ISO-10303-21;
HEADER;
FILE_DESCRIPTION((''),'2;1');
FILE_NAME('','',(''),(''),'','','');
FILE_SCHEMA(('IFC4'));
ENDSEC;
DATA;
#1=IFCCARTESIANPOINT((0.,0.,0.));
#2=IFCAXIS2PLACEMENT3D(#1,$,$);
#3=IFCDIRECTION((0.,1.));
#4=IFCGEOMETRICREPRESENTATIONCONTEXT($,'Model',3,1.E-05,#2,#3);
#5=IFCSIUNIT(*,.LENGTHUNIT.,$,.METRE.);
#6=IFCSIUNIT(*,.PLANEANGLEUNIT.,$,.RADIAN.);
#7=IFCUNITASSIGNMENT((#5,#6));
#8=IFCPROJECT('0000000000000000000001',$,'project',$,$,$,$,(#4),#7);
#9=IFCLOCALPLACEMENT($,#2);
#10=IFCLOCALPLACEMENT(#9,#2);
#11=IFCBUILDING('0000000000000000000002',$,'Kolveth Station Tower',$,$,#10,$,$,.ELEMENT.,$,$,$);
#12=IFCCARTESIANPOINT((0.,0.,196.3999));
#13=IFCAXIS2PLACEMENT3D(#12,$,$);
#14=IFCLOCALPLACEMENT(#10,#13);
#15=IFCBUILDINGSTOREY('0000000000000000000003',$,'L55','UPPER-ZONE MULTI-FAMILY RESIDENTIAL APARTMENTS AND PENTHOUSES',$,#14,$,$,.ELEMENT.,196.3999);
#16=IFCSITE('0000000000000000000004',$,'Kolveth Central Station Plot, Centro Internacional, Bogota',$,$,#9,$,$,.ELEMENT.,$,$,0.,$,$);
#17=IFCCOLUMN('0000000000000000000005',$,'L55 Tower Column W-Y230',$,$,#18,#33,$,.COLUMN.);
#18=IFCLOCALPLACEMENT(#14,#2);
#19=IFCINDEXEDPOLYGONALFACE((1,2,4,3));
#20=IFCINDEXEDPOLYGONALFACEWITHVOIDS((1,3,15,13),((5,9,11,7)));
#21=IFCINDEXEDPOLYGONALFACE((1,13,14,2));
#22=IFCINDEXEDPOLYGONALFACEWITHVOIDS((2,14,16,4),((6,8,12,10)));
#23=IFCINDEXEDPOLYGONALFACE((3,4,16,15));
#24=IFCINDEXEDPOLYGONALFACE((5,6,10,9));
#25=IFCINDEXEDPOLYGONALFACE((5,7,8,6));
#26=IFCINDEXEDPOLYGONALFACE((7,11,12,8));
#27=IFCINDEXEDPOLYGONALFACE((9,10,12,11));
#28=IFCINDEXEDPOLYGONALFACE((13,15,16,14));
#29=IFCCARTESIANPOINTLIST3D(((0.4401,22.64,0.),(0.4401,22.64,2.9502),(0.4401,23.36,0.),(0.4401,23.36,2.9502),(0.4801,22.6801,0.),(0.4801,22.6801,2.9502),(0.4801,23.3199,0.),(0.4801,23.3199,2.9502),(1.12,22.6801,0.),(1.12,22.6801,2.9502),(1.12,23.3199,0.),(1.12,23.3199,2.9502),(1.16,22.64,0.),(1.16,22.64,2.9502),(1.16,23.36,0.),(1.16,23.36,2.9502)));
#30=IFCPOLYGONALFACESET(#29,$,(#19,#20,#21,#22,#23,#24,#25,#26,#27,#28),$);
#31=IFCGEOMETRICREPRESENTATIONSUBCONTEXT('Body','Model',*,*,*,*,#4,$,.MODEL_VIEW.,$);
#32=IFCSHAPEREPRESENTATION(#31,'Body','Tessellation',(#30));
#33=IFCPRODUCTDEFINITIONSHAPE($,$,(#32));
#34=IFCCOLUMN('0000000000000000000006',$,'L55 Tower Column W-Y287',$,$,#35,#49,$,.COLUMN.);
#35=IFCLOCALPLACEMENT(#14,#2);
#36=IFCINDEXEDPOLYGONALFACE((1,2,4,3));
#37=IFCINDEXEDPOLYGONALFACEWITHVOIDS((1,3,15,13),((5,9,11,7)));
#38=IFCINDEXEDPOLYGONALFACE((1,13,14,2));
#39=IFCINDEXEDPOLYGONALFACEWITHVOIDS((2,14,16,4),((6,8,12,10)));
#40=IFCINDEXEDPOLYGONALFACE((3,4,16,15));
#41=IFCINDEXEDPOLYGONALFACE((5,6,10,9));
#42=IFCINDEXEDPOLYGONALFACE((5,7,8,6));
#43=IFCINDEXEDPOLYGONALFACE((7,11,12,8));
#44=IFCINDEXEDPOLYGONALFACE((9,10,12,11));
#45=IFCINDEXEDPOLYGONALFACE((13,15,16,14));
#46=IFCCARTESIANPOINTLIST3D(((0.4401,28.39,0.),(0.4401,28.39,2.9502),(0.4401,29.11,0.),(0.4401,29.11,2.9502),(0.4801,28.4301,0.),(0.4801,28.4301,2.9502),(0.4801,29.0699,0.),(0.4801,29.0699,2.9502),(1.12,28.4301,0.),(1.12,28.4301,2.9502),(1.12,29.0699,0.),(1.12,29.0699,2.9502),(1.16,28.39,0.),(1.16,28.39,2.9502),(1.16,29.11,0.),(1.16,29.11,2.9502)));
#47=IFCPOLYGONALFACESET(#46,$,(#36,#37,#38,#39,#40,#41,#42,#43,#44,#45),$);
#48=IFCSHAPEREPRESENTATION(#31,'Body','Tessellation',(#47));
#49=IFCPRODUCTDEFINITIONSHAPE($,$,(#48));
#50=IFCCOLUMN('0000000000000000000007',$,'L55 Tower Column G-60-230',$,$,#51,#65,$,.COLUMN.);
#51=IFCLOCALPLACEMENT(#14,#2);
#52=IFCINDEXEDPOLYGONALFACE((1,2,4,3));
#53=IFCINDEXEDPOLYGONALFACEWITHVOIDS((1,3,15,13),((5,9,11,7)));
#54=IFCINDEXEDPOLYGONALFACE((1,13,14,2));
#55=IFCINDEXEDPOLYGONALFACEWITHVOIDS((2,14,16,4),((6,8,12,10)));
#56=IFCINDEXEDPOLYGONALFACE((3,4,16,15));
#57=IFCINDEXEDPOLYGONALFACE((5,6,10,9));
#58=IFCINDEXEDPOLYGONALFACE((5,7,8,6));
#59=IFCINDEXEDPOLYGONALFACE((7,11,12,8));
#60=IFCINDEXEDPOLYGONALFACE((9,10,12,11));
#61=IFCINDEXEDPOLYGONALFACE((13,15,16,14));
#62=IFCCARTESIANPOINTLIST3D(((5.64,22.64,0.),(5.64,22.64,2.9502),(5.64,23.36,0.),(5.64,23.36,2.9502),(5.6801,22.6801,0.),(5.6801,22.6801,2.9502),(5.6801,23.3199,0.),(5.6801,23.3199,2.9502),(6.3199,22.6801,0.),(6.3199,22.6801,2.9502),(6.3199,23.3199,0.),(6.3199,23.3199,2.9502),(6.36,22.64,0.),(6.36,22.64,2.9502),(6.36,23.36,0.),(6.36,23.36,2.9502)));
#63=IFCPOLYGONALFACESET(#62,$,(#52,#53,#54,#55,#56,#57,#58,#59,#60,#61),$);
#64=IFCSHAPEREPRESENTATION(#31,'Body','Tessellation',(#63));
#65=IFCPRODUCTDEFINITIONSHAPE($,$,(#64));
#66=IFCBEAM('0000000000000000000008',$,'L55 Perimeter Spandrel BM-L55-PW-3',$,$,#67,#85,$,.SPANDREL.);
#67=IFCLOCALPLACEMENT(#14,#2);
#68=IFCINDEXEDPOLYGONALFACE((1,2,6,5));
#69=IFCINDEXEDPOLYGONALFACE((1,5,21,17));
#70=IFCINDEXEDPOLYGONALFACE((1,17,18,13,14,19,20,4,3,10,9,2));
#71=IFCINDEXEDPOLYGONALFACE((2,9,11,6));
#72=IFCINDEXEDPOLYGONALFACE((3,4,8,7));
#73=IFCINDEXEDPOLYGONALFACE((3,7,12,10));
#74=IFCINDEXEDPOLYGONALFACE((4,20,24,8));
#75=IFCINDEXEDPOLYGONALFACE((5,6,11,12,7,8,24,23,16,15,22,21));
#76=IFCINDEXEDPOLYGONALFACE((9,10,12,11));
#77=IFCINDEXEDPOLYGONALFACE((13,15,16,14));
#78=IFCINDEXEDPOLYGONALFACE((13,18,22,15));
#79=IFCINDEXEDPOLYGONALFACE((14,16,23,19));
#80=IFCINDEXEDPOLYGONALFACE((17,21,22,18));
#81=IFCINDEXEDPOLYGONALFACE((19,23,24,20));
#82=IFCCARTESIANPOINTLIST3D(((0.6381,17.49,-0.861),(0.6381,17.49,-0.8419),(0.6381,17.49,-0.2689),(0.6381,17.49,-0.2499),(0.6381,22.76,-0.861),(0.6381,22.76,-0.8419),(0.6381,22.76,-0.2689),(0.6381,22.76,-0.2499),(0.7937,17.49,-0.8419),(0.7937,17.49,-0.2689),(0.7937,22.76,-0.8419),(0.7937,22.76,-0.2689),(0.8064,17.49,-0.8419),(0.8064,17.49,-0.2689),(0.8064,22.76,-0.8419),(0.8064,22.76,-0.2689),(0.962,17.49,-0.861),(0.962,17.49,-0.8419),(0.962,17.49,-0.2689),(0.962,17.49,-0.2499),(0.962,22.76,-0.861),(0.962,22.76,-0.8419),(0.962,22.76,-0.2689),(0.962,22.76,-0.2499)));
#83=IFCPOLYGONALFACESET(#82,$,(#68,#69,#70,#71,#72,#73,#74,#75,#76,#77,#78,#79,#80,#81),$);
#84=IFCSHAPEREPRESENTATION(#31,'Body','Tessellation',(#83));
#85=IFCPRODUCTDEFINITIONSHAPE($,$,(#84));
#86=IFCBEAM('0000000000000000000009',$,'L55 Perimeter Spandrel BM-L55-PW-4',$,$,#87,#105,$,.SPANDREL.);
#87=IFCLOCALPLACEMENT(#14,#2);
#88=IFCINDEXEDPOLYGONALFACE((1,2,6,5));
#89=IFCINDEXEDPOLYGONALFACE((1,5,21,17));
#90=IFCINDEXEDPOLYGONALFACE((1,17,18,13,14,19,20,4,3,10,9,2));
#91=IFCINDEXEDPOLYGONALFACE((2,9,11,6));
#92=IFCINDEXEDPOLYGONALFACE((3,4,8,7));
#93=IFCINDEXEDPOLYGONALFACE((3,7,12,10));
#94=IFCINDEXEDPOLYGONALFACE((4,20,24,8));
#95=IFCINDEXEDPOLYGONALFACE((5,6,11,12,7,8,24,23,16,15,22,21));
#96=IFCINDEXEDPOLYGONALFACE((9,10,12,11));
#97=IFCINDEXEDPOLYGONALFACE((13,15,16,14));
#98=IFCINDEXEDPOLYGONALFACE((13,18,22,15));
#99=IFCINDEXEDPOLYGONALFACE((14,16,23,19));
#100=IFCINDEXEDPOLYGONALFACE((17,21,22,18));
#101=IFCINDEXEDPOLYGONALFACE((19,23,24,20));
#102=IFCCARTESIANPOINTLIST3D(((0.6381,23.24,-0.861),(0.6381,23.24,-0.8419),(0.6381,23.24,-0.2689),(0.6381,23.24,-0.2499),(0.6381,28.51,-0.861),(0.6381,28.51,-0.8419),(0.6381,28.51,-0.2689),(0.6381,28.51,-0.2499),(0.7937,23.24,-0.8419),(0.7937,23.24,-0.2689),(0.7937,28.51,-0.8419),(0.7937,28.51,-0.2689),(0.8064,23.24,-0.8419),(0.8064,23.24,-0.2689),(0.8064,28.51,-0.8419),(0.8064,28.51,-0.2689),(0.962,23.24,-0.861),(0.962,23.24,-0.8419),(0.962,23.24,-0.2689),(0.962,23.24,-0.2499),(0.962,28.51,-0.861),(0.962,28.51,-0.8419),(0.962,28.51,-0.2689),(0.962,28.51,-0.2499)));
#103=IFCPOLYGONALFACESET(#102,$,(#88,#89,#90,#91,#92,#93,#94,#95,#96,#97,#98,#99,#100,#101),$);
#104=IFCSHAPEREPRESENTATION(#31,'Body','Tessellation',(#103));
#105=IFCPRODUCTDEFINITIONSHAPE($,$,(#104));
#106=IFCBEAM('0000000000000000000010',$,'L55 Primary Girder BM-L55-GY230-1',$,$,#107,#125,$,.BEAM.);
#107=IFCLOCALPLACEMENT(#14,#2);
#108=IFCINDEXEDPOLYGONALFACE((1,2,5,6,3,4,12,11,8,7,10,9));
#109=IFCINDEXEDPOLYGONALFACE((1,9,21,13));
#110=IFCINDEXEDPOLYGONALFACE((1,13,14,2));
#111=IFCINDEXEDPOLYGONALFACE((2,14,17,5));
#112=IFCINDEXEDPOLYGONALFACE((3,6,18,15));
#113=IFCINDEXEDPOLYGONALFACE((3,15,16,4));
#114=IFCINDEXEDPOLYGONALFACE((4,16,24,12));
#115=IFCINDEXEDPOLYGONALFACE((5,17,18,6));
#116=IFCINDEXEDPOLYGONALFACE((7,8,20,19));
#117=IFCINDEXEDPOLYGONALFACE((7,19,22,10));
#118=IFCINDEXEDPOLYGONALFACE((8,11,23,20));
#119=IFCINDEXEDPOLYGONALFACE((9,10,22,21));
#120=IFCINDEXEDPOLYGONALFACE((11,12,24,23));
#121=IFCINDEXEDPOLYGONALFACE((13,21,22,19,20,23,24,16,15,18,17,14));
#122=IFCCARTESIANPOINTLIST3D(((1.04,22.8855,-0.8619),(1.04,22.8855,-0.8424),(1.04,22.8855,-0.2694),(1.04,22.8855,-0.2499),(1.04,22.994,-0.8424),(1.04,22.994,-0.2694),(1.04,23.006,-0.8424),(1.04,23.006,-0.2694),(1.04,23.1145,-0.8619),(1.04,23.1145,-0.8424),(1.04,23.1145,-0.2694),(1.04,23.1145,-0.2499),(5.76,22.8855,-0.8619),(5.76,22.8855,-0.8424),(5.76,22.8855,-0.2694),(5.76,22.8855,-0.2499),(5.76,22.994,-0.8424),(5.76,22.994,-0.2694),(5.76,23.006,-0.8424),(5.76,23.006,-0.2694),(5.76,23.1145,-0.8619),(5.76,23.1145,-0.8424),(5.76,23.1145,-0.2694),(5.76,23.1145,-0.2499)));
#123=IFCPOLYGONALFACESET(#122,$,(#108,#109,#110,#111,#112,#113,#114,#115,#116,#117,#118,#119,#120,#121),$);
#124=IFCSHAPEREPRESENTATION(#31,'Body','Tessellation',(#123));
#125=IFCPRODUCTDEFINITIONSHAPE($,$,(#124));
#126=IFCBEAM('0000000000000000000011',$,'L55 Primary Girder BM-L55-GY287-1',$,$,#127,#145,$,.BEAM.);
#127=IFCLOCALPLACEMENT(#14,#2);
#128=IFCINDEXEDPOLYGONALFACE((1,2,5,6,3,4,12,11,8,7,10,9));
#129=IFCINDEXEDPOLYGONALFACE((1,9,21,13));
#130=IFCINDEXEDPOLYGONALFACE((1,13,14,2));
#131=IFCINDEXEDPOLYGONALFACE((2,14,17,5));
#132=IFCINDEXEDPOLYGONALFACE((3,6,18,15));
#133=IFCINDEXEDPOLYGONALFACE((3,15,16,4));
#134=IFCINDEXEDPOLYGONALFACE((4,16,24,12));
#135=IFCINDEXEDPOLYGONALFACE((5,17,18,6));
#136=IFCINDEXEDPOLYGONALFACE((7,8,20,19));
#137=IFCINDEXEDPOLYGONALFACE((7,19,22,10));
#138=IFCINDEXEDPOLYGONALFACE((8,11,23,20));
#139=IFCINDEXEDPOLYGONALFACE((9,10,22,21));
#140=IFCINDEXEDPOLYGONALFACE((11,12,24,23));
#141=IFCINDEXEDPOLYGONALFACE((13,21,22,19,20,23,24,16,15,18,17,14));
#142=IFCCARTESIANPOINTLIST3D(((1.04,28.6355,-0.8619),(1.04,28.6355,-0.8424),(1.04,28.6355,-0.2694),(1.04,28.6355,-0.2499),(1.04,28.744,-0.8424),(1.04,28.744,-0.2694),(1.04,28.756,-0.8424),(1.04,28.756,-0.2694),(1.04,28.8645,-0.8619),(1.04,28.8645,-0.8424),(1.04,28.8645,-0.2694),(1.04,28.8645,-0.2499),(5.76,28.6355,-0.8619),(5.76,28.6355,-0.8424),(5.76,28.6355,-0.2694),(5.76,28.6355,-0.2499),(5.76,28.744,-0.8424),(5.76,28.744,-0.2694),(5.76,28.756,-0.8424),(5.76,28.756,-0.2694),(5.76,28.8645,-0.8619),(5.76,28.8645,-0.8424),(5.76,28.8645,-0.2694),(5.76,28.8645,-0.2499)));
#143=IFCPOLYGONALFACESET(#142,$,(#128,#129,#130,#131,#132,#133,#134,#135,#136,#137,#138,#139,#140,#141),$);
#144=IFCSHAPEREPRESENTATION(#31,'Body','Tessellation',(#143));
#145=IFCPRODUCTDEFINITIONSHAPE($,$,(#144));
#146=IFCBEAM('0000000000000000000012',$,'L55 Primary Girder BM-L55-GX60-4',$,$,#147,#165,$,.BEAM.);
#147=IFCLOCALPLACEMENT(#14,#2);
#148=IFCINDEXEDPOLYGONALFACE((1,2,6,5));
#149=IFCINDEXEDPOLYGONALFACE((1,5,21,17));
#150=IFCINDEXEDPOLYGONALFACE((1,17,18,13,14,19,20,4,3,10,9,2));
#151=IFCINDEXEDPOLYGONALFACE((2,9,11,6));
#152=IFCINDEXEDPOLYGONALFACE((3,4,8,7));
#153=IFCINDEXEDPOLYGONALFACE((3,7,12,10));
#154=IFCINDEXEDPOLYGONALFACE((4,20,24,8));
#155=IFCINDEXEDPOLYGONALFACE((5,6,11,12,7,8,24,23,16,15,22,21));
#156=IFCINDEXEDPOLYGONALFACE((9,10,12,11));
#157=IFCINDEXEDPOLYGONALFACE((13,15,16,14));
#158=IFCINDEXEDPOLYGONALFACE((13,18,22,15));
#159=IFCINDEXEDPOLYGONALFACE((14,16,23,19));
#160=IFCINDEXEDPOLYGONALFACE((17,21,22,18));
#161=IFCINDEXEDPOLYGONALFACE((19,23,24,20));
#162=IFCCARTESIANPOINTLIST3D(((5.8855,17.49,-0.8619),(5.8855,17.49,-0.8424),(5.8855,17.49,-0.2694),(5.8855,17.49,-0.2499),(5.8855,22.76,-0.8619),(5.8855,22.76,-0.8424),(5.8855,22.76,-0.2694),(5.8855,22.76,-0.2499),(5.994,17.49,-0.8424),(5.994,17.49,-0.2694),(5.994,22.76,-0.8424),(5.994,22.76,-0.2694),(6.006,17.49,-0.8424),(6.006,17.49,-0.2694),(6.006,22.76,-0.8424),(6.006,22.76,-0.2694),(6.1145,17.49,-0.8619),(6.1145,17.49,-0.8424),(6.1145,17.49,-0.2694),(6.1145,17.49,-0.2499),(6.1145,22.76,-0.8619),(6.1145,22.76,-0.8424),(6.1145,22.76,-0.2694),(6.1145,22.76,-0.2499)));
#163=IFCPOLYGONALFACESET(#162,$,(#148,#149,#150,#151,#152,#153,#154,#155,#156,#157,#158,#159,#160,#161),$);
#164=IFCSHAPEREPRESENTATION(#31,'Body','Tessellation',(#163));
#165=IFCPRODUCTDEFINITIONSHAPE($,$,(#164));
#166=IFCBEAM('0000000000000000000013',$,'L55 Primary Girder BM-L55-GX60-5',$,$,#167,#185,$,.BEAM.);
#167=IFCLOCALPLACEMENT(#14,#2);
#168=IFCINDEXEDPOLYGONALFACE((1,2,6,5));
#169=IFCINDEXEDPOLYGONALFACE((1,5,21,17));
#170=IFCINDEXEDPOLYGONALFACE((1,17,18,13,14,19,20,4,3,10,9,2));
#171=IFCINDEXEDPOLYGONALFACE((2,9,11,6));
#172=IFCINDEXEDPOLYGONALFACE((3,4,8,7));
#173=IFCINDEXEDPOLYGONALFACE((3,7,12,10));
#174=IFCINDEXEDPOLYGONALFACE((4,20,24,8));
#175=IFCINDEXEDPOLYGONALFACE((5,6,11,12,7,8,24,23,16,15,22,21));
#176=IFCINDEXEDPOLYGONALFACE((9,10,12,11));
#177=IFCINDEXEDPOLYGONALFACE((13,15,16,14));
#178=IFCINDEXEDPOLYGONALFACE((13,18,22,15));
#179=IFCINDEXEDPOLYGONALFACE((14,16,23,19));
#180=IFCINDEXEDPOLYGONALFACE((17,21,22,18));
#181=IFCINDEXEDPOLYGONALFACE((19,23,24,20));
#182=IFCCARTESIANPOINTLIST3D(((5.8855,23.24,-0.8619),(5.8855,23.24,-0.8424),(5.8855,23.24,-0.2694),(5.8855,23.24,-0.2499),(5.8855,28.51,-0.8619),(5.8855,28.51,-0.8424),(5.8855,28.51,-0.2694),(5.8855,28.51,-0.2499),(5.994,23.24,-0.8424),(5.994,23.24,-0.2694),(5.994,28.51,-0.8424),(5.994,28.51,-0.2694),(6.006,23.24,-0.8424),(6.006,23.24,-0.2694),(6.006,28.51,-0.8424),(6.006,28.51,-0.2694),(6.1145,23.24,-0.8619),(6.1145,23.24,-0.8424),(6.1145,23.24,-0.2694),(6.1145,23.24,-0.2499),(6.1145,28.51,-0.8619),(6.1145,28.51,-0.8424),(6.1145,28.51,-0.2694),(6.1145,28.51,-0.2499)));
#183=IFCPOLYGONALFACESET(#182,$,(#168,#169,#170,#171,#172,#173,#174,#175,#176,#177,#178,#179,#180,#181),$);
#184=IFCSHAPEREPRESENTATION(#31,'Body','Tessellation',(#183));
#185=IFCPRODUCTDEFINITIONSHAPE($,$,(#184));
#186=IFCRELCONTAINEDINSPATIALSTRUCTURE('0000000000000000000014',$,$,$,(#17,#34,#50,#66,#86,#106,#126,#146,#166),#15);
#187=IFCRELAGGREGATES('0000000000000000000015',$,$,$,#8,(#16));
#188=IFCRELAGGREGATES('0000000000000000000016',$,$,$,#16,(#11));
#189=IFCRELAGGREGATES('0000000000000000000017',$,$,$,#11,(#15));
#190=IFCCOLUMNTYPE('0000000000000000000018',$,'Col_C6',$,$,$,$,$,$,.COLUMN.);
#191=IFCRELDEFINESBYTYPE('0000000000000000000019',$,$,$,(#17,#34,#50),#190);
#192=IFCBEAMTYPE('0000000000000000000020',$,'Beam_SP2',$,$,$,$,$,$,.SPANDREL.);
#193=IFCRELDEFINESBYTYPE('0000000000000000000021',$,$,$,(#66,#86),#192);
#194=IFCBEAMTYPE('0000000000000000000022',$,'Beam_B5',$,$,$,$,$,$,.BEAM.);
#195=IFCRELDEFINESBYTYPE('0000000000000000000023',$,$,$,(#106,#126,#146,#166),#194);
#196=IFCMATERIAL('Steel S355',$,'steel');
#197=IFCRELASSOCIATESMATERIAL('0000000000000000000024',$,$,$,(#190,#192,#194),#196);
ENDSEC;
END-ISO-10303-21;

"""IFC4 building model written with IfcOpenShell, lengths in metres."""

from ifc_helpers import new_model, si_unit, direction, frame, origin, origin_2d, place, context, subcontext, project, spatial, hollow_rectangle, i_section, extrude, source, transform, mapped, material, material_profile, profile_set, type_object, element, save


model = new_model("IFC4")

# Units and contexts
model_context = context("Model", 3, precision=1e-05, world=origin(), true_north=direction((0.0, 1.0)))
body_context = subcontext(model_context, "Body", "Model", "MODEL_VIEW")
ifc_project = project(units=[si_unit("LENGTHUNIT", "METRE"), si_unit("PLANEANGLEUNIT", "RADIAN")], contexts=[model_context])

# Site, building, storey
site_placement = place(None, origin())
site = spatial("IfcSite", under=ifc_project, at=site_placement, Name="Kolveth Central Station Plot, Centro Internacional, Bogota", CompositionType="ELEMENT", RefElevation=0.0)
building_placement = place(site_placement, origin())
building = spatial("IfcBuilding", under=site, at=building_placement, Name="Kolveth Station Tower", CompositionType="ELEMENT")
storey_placement = place(building_placement, frame((0.0, 0.0, 196.3999)))
storey = spatial("IfcBuildingStorey", under=building, at=storey_placement, Name="L55", Description="UPPER-ZONE MULTI-FAMILY RESIDENTIAL APARTMENTS AND PENTHOUSES", CompositionType="ELEMENT", Elevation=196.3999)

# Columns
ifc_material_1 = material(Name="Steel S355", Category="steel")
ifc_material_profile_1 = material_profile(ifc_material_1, hollow_rectangle(XDim=0.72, YDim=0.72, WallThickness=0.04, at=origin_2d()), Name="BOX720x720x40")
ifc_profile_set_1 = profile_set([ifc_material_profile_1], Name="Steel S355")
column_type = type_object("IfcColumnType", Name="Col_C6", PredefinedType="COLUMN", material=ifc_profile_set_1)
shared_shape_1 = source(origin(), body_context, "Body", "SweptSolid", [
    extrude(hollow_rectangle(XDim=0.72, YDim=0.72, WallThickness=0.04, at=origin_2d()), origin(), (0.0, 0.0, 1.0), 2.9502),
])
for number, where, z_axis, x_axis, name in (
    (1, (0.8, 23.0, 0.0), (0.0, 0.0, 1.0), (1.0, 0.0, 0.0), "L55 Tower Column W-Y230"),
    (2, (0.8, 28.75, 0.0), (0.0, 0.0, 1.0), (1.0, 0.0, 0.0), "L55 Tower Column W-Y287"),
    (3, (6.0, 23.0, 0.0), (0.0, 0.0, 1.0), (1.0, 0.0, 0.0), "L55 Tower Column G-60-230"),
):
    element("IfcColumn", number, at=place(storey_placement, frame(where, z_axis=z_axis, x_axis=x_axis)), inside=storey, type_object=column_type, Name=name, PredefinedType="COLUMN", context=body_context, shape_type="MappedRepresentation", body=[
        mapped(shared_shape_1, transform((0.0, 0.0, 0.0), x_axis=(1.0, 0.0, 0.0), y_axis=(0.0, 1.0, 0.0), z_axis=(0.0, 0.0, 1.0), scale=1.0)),
    ])

# Beams
ifc_material_profile_2 = material_profile(ifc_material_1, i_section(OverallWidth=0.324, OverallDepth=0.6111, WebThickness=0.0127, FlangeThickness=0.019, at=origin_2d()), Name="W610x155")
ifc_profile_set_2 = profile_set([ifc_material_profile_2], Name="Steel S355")
beam_type_1 = type_object("IfcBeamType", Name="Beam_SP2", PredefinedType="SPANDREL", material=ifc_profile_set_2)
shared_shape_2 = source(origin(), body_context, "Body", "SweptSolid", [
    extrude(i_section(OverallWidth=0.324, OverallDepth=0.6111, WebThickness=0.0127, FlangeThickness=0.019, at=origin_2d()), origin(), (0.0, 0.0, 1.0), 5.27),
])
for number, where, z_axis, x_axis, name in (
    (4, (0.8, 17.49, -0.5554), (0.0, 1.0, 0.0), (-1.0, 0.0, 0.0), "L55 Perimeter Spandrel BM-L55-PW-3"),
    (5, (0.8, 23.24, -0.5554), (0.0, 1.0, 0.0), (-1.0, 0.0, 0.0), "L55 Perimeter Spandrel BM-L55-PW-4"),
):
    element("IfcBeam", number, at=place(storey_placement, frame(where, z_axis=z_axis, x_axis=x_axis)), inside=storey, type_object=beam_type_1, Name=name, PredefinedType="SPANDREL", context=body_context, shape_type="MappedRepresentation", body=[
        mapped(shared_shape_2, transform((0.0, 0.0, 0.0), x_axis=(1.0, 0.0, 0.0), y_axis=(0.0, 1.0, 0.0), z_axis=(0.0, 0.0, 1.0), scale=1.0)),
    ])
ifc_material_profile_3 = material_profile(ifc_material_1, i_section(OverallWidth=0.229, OverallDepth=0.6121, WebThickness=0.012, FlangeThickness=0.0195, at=origin_2d()), Name="W610x125")
ifc_profile_set_3 = profile_set([ifc_material_profile_3], Name="Steel S355")
beam_type_2 = type_object("IfcBeamType", Name="Beam_B5", PredefinedType="BEAM", material=ifc_profile_set_3)
shared_shape_3 = source(origin(), body_context, "Body", "SweptSolid", [
    extrude(i_section(OverallWidth=0.229, OverallDepth=0.6121, WebThickness=0.012, FlangeThickness=0.0195, at=origin_2d()), origin(), (0.0, 0.0, 1.0), 4.72),
])
for number, where, z_axis, x_axis, name in (
    (6, (1.04, 23.0, -0.5559), (1.0, 0.0, 0.0), (0.0, 1.0, 0.0), "L55 Primary Girder BM-L55-GY230-1"),
    (7, (1.04, 28.75, -0.5559), (1.0, 0.0, 0.0), (0.0, 1.0, 0.0), "L55 Primary Girder BM-L55-GY287-1"),
):
    element("IfcBeam", number, at=place(storey_placement, frame(where, z_axis=z_axis, x_axis=x_axis)), inside=storey, type_object=beam_type_2, Name=name, PredefinedType="BEAM", context=body_context, shape_type="MappedRepresentation", body=[
        mapped(shared_shape_3, transform((0.0, 0.0, 0.0), x_axis=(1.0, 0.0, 0.0), y_axis=(0.0, 1.0, 0.0), z_axis=(0.0, 0.0, 1.0), scale=1.0)),
    ])
shared_shape_4 = source(origin(), body_context, "Body", "SweptSolid", [
    extrude(i_section(OverallWidth=0.229, OverallDepth=0.6121, WebThickness=0.012, FlangeThickness=0.0195, at=origin_2d()), origin(), (0.0, 0.0, 1.0), 5.27),
])
for number, where, z_axis, x_axis, name in (
    (8, (6.0, 17.49, -0.5559), (0.0, 1.0, 0.0), (-1.0, 0.0, 0.0), "L55 Primary Girder BM-L55-GX60-4"),
    (9, (6.0, 23.24, -0.5559), (0.0, 1.0, 0.0), (-1.0, 0.0, 0.0), "L55 Primary Girder BM-L55-GX60-5"),
):
    element("IfcBeam", number, at=place(storey_placement, frame(where, z_axis=z_axis, x_axis=x_axis)), inside=storey, type_object=beam_type_2, Name=name, PredefinedType="BEAM", context=body_context, shape_type="MappedRepresentation", body=[
        mapped(shared_shape_4, transform((0.0, 0.0, 0.0), x_axis=(1.0, 0.0, 0.0), y_axis=(0.0, 1.0, 0.0), z_axis=(0.0, 0.0, 1.0), scale=1.0)),
    ])

save(model, "model.ifc")
